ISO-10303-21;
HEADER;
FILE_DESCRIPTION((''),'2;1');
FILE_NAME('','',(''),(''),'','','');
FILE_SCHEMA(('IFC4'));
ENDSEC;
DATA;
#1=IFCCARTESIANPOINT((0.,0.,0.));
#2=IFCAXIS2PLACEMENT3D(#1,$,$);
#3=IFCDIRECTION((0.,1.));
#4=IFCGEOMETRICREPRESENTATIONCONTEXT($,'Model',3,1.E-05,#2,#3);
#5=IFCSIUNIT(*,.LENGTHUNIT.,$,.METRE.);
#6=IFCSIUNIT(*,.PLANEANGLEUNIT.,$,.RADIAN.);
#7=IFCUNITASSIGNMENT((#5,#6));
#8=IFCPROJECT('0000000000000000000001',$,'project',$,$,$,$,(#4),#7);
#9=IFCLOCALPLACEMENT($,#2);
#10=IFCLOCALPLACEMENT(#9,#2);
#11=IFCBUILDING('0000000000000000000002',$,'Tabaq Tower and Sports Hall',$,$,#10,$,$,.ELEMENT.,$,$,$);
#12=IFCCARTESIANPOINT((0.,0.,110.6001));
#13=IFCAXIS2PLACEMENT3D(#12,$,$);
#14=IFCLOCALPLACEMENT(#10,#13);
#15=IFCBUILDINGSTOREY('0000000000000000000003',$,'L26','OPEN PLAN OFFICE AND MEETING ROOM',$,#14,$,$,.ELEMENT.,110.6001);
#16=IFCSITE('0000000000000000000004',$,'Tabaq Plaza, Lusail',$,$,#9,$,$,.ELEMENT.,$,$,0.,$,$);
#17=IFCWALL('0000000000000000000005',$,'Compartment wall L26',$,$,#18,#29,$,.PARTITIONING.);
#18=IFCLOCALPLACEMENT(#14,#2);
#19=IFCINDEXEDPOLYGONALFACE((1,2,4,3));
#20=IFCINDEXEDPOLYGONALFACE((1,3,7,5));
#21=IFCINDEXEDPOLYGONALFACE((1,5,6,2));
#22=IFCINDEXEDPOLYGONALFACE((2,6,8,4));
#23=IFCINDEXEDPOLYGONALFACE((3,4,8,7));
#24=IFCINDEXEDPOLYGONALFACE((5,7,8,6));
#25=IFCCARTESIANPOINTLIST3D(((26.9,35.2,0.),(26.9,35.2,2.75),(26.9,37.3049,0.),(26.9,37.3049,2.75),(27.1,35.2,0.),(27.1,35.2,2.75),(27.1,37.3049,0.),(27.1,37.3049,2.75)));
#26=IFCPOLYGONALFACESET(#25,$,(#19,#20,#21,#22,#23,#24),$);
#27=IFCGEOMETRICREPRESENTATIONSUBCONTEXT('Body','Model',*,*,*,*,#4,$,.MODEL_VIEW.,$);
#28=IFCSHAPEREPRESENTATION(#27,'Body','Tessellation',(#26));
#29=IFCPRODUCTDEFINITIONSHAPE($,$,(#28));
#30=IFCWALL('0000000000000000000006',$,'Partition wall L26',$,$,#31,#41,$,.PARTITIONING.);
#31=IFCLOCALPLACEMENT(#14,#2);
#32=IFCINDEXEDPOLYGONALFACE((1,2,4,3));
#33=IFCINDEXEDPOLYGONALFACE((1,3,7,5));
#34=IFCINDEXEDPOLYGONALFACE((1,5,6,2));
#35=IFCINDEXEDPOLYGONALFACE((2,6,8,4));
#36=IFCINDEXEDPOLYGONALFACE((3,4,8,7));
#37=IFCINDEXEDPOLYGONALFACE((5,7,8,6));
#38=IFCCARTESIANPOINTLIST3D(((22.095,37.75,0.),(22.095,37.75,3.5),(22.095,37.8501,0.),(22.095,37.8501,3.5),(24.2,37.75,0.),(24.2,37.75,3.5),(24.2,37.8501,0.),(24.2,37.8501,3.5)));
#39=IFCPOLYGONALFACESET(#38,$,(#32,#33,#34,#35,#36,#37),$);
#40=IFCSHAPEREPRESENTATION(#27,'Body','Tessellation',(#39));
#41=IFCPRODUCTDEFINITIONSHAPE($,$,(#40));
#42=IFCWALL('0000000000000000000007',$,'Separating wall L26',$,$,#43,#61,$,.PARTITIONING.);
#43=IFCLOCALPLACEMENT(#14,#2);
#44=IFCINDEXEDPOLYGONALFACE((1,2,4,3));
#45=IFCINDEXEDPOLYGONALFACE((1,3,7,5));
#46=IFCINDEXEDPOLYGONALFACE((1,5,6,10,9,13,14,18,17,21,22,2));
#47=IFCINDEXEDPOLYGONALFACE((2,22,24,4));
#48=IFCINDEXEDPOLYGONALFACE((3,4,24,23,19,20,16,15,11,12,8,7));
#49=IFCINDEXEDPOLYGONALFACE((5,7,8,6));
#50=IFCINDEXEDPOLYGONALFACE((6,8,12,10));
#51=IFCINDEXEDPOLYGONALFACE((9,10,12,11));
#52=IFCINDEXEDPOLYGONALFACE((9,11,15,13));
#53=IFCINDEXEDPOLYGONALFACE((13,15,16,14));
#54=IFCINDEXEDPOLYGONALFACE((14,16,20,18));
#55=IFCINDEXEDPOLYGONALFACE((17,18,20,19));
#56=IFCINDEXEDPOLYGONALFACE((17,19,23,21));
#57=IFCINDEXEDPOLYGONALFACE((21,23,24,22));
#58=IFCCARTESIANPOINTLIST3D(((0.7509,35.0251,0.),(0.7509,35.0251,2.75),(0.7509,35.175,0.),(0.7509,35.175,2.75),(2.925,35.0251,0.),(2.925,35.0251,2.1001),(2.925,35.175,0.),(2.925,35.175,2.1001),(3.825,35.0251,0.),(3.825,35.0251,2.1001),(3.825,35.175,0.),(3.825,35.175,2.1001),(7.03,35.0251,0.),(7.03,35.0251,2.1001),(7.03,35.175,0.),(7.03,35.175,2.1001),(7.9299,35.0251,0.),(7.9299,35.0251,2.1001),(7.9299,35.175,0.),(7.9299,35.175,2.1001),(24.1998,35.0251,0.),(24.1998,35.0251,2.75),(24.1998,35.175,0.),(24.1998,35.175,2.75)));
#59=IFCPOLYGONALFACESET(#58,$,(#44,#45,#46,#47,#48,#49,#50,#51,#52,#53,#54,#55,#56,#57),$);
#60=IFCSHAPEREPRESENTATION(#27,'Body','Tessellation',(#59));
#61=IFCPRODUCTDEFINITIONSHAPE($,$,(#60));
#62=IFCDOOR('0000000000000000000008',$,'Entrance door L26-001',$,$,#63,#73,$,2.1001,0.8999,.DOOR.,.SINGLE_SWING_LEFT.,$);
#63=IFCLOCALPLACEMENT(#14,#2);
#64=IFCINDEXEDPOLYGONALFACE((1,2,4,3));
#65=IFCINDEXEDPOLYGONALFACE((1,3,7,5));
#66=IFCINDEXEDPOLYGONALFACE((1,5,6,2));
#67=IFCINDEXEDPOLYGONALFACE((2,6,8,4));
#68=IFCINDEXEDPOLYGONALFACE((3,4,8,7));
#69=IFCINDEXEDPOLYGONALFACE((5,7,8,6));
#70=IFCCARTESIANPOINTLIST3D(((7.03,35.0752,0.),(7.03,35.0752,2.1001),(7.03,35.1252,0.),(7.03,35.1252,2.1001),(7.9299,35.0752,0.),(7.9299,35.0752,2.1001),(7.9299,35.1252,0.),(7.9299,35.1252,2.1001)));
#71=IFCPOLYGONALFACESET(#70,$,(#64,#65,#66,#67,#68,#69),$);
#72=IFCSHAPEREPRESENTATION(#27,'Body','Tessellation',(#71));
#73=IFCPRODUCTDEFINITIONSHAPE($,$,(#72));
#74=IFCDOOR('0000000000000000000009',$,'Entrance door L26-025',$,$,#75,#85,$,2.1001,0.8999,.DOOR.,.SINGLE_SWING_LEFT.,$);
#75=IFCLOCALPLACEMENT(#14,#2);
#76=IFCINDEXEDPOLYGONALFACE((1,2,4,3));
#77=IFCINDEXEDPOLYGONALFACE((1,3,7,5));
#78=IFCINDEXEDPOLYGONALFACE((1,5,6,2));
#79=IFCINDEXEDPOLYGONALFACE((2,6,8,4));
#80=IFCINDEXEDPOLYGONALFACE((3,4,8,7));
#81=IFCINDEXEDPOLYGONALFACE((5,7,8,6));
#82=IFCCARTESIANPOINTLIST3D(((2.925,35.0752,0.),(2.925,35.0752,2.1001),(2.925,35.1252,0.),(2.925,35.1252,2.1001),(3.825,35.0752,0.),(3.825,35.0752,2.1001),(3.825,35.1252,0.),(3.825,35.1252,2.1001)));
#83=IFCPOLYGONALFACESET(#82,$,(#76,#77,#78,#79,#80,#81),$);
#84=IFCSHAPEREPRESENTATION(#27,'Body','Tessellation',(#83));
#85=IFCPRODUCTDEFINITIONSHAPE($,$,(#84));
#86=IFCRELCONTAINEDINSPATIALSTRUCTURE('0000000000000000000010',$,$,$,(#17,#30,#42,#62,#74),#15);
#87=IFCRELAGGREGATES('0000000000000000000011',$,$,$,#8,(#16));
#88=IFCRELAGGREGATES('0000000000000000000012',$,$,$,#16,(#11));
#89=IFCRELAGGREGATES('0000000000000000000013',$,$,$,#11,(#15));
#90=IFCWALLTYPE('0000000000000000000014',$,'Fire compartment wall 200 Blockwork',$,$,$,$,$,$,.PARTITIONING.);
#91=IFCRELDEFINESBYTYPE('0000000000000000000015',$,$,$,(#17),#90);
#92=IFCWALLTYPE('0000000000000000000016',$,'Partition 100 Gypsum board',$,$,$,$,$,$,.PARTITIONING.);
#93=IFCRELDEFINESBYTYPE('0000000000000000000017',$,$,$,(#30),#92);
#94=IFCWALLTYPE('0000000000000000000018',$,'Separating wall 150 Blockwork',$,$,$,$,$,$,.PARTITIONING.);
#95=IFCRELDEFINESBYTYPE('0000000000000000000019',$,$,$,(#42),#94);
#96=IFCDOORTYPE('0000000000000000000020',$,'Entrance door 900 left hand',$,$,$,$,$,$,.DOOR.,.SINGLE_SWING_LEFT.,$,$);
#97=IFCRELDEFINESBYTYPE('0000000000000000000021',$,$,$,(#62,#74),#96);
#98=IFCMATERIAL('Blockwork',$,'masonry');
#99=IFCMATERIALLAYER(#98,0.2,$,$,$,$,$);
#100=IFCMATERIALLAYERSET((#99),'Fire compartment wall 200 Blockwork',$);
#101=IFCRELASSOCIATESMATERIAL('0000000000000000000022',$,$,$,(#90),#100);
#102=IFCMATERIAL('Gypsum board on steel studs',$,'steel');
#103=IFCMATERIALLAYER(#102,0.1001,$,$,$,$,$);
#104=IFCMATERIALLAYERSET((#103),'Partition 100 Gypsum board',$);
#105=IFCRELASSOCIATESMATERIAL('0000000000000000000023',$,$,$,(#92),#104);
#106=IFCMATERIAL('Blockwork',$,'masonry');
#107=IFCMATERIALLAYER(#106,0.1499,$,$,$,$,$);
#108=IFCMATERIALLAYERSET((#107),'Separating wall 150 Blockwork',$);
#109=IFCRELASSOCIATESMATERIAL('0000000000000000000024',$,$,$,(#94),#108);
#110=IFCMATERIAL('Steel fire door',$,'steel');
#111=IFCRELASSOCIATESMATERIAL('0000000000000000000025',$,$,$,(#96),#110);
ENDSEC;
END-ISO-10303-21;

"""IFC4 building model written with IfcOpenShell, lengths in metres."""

from ifc_helpers import new_model, si_unit, direction, frame, frame_2d, origin, place, context, subcontext, project, spatial, rectangle, extrude, material, layer, layer_set, type_object, element, fill, save


model = new_model("IFC4")

# Units and contexts
model_context = context("Model", 3, precision=1e-05, world=origin(), true_north=direction((0.0, 1.0)))
body_context = subcontext(model_context, "Body", "Model", "MODEL_VIEW")
ifc_project = project(units=[si_unit("LENGTHUNIT", "METRE"), si_unit("PLANEANGLEUNIT", "RADIAN")], contexts=[model_context])

# Site, building, storey
site_placement = place(None, origin())
site = spatial("IfcSite", under=ifc_project, at=site_placement, Name="Tabaq Plaza, Lusail", CompositionType="ELEMENT", RefElevation=0.0)
building_placement = place(site_placement, origin())
building = spatial("IfcBuilding", under=site, at=building_placement, Name="Tabaq Tower and Sports Hall", CompositionType="ELEMENT")
storey_placement = place(building_placement, frame((0.0, 0.0, 110.6001)))
storey = spatial("IfcBuildingStorey", under=building, at=storey_placement, Name="L26", Description="OPEN PLAN OFFICE AND MEETING ROOM", CompositionType="ELEMENT", Elevation=110.6001)

# Shared definitions
ifc_material_1 = material(Name="Blockwork", Category="masonry")
ifc_layer_1 = layer(ifc_material_1, 0.2)
ifc_layer_set_1 = layer_set([ifc_layer_1], Name="Fire compartment wall 200 Blockwork")
wall_type_1 = type_object("IfcWallType", Name="Fire compartment wall 200 Blockwork", PredefinedType="PARTITIONING", material=ifc_layer_set_1)

# Walls
wall_1_placement = place(storey_placement, frame((27.0, 35.2, 0.0), z_axis=(0.0, 0.0, 1.0), x_axis=(0.0, 1.0, 0.0)))
element("IfcWall", 1, at=wall_1_placement, inside=storey, type_object=wall_type_1, Name="Compartment wall L26", PredefinedType="PARTITIONING", context=body_context, shape_type="SweptSolid", body=[
    extrude(rectangle(XDim=2.105, YDim=0.2, at=frame_2d((1.0525, 0.0))), origin(), (0.0, 0.0, 1.0), 2.75),
])
ifc_material_2 = material(Name="Gypsum board on steel studs", Category="steel")
ifc_layer_2 = layer(ifc_material_2, 0.1001)
ifc_layer_set_2 = layer_set([ifc_layer_2], Name="Partition 100 Gypsum board")
wall_type_2 = type_object("IfcWallType", Name="Partition 100 Gypsum board", PredefinedType="PARTITIONING", material=ifc_layer_set_2)
wall_2_placement = place(storey_placement, frame((24.2, 37.8, 0.0), z_axis=(0.0, 0.0, 1.0), x_axis=(-1.0, 0.0, 0.0)))
element("IfcWall", 2, at=wall_2_placement, inside=storey, type_object=wall_type_2, Name="Partition wall L26", PredefinedType="PARTITIONING", context=body_context, shape_type="SweptSolid", body=[
    extrude(rectangle(XDim=2.105, YDim=0.1001, at=frame_2d((1.0525, 0.0))), origin(), (0.0, 0.0, 1.0), 3.5),
])

# Wall, openings, doors
ifc_material_3 = material(Name="Blockwork", Category="masonry")
ifc_layer_3 = layer(ifc_material_3, 0.1499)
ifc_layer_set_3 = layer_set([ifc_layer_3], Name="Separating wall 150 Blockwork")
wall_type_3 = type_object("IfcWallType", Name="Separating wall 150 Blockwork", PredefinedType="PARTITIONING", material=ifc_layer_set_3)
wall_3_placement = place(storey_placement, frame((24.2, 35.1001, 0.0), z_axis=(0.0, 0.0, 1.0), x_axis=(-1.0, 0.0, 0.0)))
wall_3 = element("IfcWall", 3, at=wall_3_placement, inside=storey, type_object=wall_type_3, Name="Separating wall L26", PredefinedType="PARTITIONING", context=body_context, shape_type="SweptSolid", body=[
    extrude(rectangle(XDim=23.449, YDim=0.1499, at=frame_2d((11.7246, 0.0))), origin(), (0.0, 0.0, 1.0), 2.75),
])
opening_1_placement = place(wall_3_placement, frame((16.27, 0.0, 0.0)))
opening_1 = element("IfcOpeningElement", 4, at=opening_1_placement, cuts=wall_3, PredefinedType="OPENING", context=body_context, shape_type="SweptSolid", body=[
    extrude(rectangle(XDim=0.8999, YDim=2.1001, at=frame_2d((0.45, 1.05))), frame((0.0, 0.075, 0.0), z_axis=(0.0, -1.0, 0.0), x_axis=(1.0, 0.0, 0.0)), (0.0, 0.0, 1.0), 0.1499),
])
opening_2_placement = place(wall_3_placement, frame((20.375, 0.0, 0.0)))
opening_2 = element("IfcOpeningElement", 5, at=opening_2_placement, cuts=wall_3, PredefinedType="OPENING", context=body_context, shape_type="SweptSolid", body=[
    extrude(rectangle(XDim=0.8999, YDim=2.1001, at=frame_2d((0.45, 1.05))), frame((0.0, 0.075, 0.0), z_axis=(0.0, -1.0, 0.0), x_axis=(1.0, 0.0, 0.0)), (0.0, 0.0, 1.0), 0.1499),
])
ifc_material_4 = material(Name="Steel fire door", Category="steel")
door_type_1 = type_object("IfcDoorType", Name="Entrance door 900 left hand", OperationType="SINGLE_SWING_LEFT", PredefinedType="DOOR", material=ifc_material_4)
door_1_placement = place(opening_1_placement, origin())
door_1 = element("IfcDoor", 6, at=door_1_placement, inside=storey, type_object=door_type_1, Name="Entrance door L26-001", OperationType="SINGLE_SWING_LEFT", OverallHeight=2.1001, OverallWidth=0.8999, PredefinedType="DOOR", context=body_context, shape_type="SweptSolid", body=[
    extrude(rectangle(XDim=0.8999, YDim=2.1001, at=frame_2d((0.45, 1.05))), frame((0.0, 0.0249, 0.0), z_axis=(0.0, -1.0, 0.0), x_axis=(1.0, 0.0, 0.0)), (0.0, 0.0, 1.0), 0.05),
])
fill(opening_1, door_1)
door_2_placement = place(opening_2_placement, origin())
door_2 = element("IfcDoor", 7, at=door_2_placement, inside=storey, type_object=door_type_1, Name="Entrance door L26-025", OperationType="SINGLE_SWING_LEFT", OverallHeight=2.1001, OverallWidth=0.8999, PredefinedType="DOOR", context=body_context, shape_type="SweptSolid", body=[
    extrude(rectangle(XDim=0.8999, YDim=2.1001, at=frame_2d((0.45, 1.05))), frame((0.0, 0.0249, 0.0), z_axis=(0.0, -1.0, 0.0), x_axis=(1.0, 0.0, 0.0)), (0.0, 0.0, 1.0), 0.05),
])
fill(opening_2, door_2)

save(model, "model.ifc")
